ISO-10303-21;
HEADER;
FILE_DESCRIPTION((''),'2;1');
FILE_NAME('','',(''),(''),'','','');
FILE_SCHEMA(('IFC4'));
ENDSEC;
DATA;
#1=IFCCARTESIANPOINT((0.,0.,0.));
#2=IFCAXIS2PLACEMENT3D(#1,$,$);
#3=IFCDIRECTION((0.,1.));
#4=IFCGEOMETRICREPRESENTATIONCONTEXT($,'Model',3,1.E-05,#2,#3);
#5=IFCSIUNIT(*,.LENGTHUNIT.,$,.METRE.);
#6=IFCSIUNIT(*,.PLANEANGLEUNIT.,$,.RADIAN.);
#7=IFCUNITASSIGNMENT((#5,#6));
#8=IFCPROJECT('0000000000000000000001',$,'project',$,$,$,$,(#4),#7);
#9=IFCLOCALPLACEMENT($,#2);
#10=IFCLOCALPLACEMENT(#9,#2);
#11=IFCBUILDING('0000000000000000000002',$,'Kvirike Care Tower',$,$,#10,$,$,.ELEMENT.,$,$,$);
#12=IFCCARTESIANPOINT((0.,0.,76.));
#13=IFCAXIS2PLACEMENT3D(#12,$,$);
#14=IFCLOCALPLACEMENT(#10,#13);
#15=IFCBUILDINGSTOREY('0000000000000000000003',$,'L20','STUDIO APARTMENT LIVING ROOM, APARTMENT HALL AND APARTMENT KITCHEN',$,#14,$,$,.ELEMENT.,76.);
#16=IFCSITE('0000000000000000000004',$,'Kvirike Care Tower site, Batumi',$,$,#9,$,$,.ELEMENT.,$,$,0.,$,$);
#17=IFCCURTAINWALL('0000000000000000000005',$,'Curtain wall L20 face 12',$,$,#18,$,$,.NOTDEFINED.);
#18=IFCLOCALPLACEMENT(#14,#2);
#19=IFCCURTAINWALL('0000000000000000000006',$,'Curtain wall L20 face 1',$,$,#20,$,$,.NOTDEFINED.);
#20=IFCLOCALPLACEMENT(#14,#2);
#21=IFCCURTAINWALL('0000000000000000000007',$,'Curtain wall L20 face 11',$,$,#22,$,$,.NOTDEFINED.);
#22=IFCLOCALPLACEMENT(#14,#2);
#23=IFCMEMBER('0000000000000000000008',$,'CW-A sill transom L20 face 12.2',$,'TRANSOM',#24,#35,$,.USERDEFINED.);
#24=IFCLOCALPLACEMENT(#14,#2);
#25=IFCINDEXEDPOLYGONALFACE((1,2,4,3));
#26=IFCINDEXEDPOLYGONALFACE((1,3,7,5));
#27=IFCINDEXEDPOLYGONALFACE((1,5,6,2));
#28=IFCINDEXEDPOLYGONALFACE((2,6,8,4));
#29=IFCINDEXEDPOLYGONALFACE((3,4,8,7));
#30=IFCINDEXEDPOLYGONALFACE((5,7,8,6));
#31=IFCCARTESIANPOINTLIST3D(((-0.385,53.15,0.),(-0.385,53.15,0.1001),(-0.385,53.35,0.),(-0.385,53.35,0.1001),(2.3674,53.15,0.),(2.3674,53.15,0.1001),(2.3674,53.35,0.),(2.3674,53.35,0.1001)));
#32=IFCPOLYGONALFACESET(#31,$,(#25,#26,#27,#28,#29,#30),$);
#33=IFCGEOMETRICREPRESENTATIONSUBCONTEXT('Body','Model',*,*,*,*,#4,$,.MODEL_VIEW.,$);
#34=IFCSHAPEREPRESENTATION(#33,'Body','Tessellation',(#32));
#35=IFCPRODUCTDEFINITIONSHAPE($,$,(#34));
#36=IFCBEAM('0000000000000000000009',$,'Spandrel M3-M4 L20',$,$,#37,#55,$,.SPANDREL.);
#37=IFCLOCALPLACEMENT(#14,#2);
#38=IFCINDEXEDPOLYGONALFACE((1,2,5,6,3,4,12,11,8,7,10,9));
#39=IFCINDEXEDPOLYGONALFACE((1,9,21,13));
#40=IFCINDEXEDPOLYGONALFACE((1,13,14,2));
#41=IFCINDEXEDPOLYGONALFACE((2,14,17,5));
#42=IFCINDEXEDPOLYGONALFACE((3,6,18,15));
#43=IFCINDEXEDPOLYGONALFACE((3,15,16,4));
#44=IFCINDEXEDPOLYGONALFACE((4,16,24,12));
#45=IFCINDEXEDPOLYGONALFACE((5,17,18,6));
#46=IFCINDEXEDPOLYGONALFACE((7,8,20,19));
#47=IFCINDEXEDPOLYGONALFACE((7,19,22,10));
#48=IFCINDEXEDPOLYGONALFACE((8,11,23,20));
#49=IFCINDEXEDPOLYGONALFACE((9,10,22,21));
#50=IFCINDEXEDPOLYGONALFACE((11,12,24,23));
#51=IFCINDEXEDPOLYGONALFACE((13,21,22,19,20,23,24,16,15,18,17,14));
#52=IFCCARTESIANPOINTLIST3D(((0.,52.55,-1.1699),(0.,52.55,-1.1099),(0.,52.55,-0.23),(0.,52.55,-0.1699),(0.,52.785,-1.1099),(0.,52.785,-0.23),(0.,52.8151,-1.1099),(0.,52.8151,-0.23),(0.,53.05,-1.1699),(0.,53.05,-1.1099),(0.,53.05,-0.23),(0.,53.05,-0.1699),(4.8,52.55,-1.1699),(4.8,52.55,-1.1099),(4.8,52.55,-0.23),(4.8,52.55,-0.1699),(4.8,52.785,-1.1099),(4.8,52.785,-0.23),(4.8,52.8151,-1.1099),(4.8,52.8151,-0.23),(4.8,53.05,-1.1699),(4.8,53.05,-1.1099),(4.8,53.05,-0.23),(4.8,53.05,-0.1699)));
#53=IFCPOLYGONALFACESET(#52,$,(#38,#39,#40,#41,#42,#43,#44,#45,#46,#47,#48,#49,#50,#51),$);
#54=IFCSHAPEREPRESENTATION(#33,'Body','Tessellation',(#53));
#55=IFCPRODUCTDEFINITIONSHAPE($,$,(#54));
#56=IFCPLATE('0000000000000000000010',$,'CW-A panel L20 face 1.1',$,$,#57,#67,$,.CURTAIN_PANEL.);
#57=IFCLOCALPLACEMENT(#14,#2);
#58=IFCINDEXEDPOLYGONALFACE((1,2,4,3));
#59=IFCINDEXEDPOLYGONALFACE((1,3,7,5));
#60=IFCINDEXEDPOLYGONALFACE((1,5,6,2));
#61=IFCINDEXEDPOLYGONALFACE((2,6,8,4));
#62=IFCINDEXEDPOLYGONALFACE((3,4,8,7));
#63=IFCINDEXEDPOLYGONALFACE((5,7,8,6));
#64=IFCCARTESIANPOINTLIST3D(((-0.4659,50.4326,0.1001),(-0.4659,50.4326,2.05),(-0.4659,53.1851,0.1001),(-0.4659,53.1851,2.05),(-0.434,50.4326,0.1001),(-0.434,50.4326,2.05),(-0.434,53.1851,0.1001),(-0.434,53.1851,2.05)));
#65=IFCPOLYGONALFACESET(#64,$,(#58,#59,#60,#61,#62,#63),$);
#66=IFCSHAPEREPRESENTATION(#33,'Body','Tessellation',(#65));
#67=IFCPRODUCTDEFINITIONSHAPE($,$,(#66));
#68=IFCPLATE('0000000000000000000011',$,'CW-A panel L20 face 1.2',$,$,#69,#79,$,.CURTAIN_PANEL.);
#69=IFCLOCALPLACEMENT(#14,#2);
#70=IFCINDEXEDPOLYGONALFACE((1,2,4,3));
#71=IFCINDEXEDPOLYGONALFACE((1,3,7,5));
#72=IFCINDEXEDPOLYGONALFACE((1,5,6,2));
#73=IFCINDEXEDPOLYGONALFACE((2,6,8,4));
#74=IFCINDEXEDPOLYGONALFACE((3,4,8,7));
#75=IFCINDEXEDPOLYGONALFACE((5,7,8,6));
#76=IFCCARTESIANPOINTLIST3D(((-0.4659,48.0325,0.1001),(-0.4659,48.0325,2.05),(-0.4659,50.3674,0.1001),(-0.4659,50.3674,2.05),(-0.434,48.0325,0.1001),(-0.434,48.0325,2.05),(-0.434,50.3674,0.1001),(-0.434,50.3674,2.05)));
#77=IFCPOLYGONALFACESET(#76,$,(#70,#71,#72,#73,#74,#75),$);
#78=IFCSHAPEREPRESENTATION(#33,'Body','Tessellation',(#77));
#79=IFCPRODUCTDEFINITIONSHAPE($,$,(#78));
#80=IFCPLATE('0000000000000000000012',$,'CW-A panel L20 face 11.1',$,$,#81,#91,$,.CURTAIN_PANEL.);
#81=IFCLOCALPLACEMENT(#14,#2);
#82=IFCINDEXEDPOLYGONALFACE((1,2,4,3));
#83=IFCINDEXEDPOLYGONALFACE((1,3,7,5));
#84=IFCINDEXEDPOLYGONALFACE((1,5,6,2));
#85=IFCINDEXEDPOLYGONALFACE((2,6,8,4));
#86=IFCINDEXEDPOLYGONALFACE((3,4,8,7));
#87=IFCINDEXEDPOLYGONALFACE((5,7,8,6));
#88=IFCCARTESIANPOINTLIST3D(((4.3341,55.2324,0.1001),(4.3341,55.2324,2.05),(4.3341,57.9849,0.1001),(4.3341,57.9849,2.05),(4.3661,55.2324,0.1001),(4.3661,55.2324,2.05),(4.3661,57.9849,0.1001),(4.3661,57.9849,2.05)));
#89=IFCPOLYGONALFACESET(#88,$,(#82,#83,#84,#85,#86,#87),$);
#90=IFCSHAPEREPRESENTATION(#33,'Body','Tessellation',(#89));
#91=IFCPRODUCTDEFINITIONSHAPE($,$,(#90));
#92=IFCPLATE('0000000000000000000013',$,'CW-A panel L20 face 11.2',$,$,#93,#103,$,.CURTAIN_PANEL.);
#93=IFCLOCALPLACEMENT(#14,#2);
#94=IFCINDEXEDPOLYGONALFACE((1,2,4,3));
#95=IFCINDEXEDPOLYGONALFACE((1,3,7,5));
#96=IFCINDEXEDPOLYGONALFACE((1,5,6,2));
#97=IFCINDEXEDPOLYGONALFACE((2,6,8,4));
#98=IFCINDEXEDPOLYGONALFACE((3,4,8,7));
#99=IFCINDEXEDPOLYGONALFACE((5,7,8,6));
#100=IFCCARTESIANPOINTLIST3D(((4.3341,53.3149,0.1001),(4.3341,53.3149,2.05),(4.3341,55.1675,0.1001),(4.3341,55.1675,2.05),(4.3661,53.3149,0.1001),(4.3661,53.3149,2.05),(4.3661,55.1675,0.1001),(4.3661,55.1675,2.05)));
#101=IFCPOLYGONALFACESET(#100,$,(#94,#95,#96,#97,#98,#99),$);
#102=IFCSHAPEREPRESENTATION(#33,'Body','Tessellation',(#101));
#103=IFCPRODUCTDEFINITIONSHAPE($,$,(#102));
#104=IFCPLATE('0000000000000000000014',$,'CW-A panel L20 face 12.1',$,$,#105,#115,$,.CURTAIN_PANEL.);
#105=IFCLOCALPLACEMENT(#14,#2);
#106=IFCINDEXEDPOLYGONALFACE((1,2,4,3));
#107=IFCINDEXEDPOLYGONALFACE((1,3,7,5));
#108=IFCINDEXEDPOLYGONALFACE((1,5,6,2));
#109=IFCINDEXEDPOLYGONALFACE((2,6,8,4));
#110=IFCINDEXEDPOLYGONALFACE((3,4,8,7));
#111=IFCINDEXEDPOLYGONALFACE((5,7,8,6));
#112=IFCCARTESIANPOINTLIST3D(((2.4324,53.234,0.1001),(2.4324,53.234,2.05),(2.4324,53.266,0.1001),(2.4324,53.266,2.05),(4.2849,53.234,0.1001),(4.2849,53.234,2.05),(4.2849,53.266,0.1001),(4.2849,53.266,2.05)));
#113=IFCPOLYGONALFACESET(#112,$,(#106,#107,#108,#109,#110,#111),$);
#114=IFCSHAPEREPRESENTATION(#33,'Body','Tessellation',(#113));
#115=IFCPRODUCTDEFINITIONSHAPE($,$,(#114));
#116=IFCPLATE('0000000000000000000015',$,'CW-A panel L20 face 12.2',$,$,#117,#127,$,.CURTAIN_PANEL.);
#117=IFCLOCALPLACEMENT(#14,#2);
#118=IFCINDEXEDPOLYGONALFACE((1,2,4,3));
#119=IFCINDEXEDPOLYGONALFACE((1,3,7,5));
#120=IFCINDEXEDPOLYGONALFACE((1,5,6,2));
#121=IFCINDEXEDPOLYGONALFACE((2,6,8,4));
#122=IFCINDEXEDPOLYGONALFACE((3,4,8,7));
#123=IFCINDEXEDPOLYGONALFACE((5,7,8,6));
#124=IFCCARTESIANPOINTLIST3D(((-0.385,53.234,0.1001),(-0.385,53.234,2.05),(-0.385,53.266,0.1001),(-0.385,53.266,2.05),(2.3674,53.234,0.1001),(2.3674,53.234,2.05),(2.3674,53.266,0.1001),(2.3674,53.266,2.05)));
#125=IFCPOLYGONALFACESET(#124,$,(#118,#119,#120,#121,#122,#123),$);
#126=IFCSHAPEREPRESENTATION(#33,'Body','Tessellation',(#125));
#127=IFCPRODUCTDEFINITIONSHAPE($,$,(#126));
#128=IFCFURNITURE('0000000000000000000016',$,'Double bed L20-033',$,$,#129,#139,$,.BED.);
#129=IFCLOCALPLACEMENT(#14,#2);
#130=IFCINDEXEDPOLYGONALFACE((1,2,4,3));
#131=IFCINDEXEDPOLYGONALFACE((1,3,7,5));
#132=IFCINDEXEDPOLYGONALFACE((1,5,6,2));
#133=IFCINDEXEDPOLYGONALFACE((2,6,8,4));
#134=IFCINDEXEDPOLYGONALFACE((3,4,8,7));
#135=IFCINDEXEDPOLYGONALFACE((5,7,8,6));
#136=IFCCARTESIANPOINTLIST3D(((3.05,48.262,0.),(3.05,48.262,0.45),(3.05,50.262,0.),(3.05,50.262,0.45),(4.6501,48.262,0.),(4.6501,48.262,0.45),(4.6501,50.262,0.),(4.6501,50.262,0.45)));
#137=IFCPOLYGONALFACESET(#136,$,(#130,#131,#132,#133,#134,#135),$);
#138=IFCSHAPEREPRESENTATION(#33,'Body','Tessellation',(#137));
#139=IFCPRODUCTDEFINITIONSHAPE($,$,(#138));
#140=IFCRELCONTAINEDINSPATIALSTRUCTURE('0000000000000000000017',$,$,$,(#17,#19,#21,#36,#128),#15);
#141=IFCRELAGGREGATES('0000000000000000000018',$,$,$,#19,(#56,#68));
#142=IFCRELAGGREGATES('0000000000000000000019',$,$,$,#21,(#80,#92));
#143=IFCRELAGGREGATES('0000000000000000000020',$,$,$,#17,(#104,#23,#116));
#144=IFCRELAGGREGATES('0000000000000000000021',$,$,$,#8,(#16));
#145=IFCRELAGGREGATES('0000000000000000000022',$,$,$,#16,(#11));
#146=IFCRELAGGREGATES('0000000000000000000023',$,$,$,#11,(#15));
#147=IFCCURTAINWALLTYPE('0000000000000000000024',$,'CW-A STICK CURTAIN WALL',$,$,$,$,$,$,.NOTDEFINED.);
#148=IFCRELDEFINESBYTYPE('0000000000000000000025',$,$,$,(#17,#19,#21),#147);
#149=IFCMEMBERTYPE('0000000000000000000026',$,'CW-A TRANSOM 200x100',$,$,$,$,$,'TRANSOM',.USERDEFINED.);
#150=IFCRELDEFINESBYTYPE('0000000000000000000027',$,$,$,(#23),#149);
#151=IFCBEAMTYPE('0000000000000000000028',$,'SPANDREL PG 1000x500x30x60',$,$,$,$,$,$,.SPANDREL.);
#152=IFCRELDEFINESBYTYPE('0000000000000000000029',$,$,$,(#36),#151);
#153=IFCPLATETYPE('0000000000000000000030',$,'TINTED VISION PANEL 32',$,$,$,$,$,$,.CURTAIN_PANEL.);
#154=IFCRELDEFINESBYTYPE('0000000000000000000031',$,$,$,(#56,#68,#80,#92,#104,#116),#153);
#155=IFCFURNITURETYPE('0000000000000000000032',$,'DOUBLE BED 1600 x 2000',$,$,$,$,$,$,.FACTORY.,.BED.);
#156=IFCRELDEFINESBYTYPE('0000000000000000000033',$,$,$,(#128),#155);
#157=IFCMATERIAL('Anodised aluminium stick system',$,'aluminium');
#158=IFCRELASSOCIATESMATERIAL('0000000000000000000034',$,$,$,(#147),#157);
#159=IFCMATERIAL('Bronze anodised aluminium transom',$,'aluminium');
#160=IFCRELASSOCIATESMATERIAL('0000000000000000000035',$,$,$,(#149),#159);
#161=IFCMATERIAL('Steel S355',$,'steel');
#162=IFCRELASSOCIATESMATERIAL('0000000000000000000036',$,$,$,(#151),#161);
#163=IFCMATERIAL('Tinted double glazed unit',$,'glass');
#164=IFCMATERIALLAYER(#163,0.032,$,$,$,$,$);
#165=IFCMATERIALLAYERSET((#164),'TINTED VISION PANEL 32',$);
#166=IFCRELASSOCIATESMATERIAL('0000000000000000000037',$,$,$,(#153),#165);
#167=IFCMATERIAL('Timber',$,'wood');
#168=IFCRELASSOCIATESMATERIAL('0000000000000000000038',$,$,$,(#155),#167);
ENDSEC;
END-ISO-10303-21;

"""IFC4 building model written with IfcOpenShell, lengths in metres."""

from ifc_helpers import new_model, si_unit, direction, frame, origin, origin_2d, place, context, subcontext, project, spatial, rectangle, i_section, extrude, material, layer, layer_set, material_profile, profile_set, type_object, element, aggregate, save


model = new_model("IFC4")

# Units and contexts
model_context = context("Model", 3, precision=1e-05, world=origin(), true_north=direction((0.0, 1.0)))
body_context = subcontext(model_context, "Body", "Model", "MODEL_VIEW")
ifc_project = project(units=[si_unit("LENGTHUNIT", "METRE"), si_unit("PLANEANGLEUNIT", "RADIAN")], contexts=[model_context])

# Site, building, storey
site_placement = place(None, origin())
site = spatial("IfcSite", under=ifc_project, at=site_placement, Name="Kvirike Care Tower site, Batumi", CompositionType="ELEMENT", RefElevation=0.0)
building_placement = place(site_placement, origin())
building = spatial("IfcBuilding", under=site, at=building_placement, Name="Kvirike Care Tower", CompositionType="ELEMENT")
storey_placement = place(building_placement, frame((0.0, 0.0, 76.0)))
storey = spatial("IfcBuildingStorey", under=building, at=storey_placement, Name="L20", Description="STUDIO APARTMENT LIVING ROOM, APARTMENT HALL AND APARTMENT KITCHEN", CompositionType="ELEMENT", Elevation=76.0)

# Curtain wall
ifc_material_1 = material(Name="Anodised aluminium stick system", Category="aluminium")
curtain_wall_type = type_object("IfcCurtainWallType", Name="CW-A STICK CURTAIN WALL", PredefinedType="NOTDEFINED", material=ifc_material_1)
curtain_wall_1_placement = place(storey_placement, origin())
curtain_wall_1 = element("IfcCurtainWall", 1, at=curtain_wall_1_placement, inside=storey, type_object=curtain_wall_type, Name="Curtain wall L20 face 12", PredefinedType="NOTDEFINED")

# Curtain walls
curtain_wall_2_placement = place(storey_placement, origin())
curtain_wall_2 = element("IfcCurtainWall", 2, at=curtain_wall_2_placement, inside=storey, type_object=curtain_wall_type, Name="Curtain wall L20 face 1", PredefinedType="NOTDEFINED")
curtain_wall_3_placement = place(storey_placement, origin())
curtain_wall_3 = element("IfcCurtainWall", 3, at=curtain_wall_3_placement, inside=storey, type_object=curtain_wall_type, Name="Curtain wall L20 face 11", PredefinedType="NOTDEFINED")

# Member
ifc_material_2 = material(Name="Bronze anodised aluminium transom", Category="aluminium")
ifc_material_profile_1 = material_profile(ifc_material_2, rectangle(XDim=0.2, YDim=0.1001, at=origin_2d()), Name="CW-A TRANSOM 200x100")
ifc_profile_set_1 = profile_set([ifc_material_profile_1], Name="Bronze anodised aluminium transom")
member_type_1 = type_object("IfcMemberType", Name="CW-A TRANSOM 200x100", ElementType="TRANSOM", PredefinedType="USERDEFINED", material=ifc_profile_set_1)
member_1_placement = place(storey_placement, frame((2.3674, 53.25, 0.05), z_axis=(-1.0, 0.0, 0.0), x_axis=(0.0, -1.0, 0.0)))
member_1 = element("IfcMember", 4, at=member_1_placement, type_object=member_type_1, Name="CW-A sill transom L20 face 12.2", ObjectType="TRANSOM", PredefinedType="USERDEFINED", context=body_context, shape_type="SweptSolid", body=[
    extrude(rectangle(XDim=0.2, YDim=0.1001, at=origin_2d()), origin(), (0.0, 0.0, 1.0), 2.7524),
])

# Beam
ifc_material_3 = material(Name="Steel S355", Category="steel")
ifc_material_profile_2 = material_profile(ifc_material_3, i_section(OverallWidth=0.5, OverallDepth=1.0, WebThickness=0.03, FlangeThickness=0.0601, at=origin_2d()), Name="PG 1000x500x30x60")
ifc_profile_set_2 = profile_set([ifc_material_profile_2], Name="Steel S355")
beam_type = type_object("IfcBeamType", Name="SPANDREL PG 1000x500x30x60", PredefinedType="SPANDREL", material=ifc_profile_set_2)
beam_placement = place(storey_placement, frame((0.0, 52.8, -0.6699), z_axis=(1.0, 0.0, 0.0), x_axis=(0.0, 1.0, 0.0)))
element("IfcBeam", 5, at=beam_placement, inside=storey, type_object=beam_type, Name="Spandrel M3-M4 L20", PredefinedType="SPANDREL", context=body_context, shape_type="SweptSolid", body=[
    extrude(i_section(OverallWidth=0.5, OverallDepth=1.0, WebThickness=0.03, FlangeThickness=0.0601, at=origin_2d()), origin(), (0.0, 0.0, 1.0), 4.8),
])

# Plates
ifc_material_4 = material(Name="Tinted double glazed unit", Category="glass")
ifc_layer = layer(ifc_material_4, 0.032)
ifc_layer_set = layer_set([ifc_layer], Name="TINTED VISION PANEL 32")
plate_type = type_object("IfcPlateType", Name="TINTED VISION PANEL 32", PredefinedType="CURTAIN_PANEL", material=ifc_layer_set)
plate_1_placement = place(storey_placement, frame((-0.45, 51.8088, 0.1001), z_axis=(0.0, 0.0, 1.0), x_axis=(0.0, -1.0, 0.0)))
plate_1 = element("IfcPlate", 6, at=plate_1_placement, type_object=plate_type, Name="CW-A panel L20 face 1.1", PredefinedType="CURTAIN_PANEL", context=body_context, shape_type="SweptSolid", body=[
    extrude(rectangle(XDim=2.7524, YDim=0.032, at=origin_2d()), origin(), (0.0, 0.0, 1.0), 1.95),
])
plate_2_placement = place(storey_placement, frame((-0.45, 49.2, 0.1001), z_axis=(0.0, 0.0, 1.0), x_axis=(0.0, -1.0, 0.0)))
plate_2 = element("IfcPlate", 7, at=plate_2_placement, type_object=plate_type, Name="CW-A panel L20 face 1.2", PredefinedType="CURTAIN_PANEL", context=body_context, shape_type="SweptSolid", body=[
    extrude(rectangle(XDim=2.335, YDim=0.032, at=origin_2d()), origin(), (0.0, 0.0, 1.0), 1.95),
])
aggregate(curtain_wall_2, [plate_1, plate_2])
plate_3_placement = place(storey_placement, frame((4.3501, 56.6086, 0.1001), z_axis=(0.0, 0.0, 1.0), x_axis=(0.0, -1.0, 0.0)))
plate_3 = element("IfcPlate", 8, at=plate_3_placement, type_object=plate_type, Name="CW-A panel L20 face 11.1", PredefinedType="CURTAIN_PANEL", context=body_context, shape_type="SweptSolid", body=[
    extrude(rectangle(XDim=2.7524, YDim=0.032, at=origin_2d()), origin(), (0.0, 0.0, 1.0), 1.95),
])
plate_4_placement = place(storey_placement, frame((4.3501, 54.2412, 0.1001), z_axis=(0.0, 0.0, 1.0), x_axis=(0.0, -1.0, 0.0)))
plate_4 = element("IfcPlate", 9, at=plate_4_placement, type_object=plate_type, Name="CW-A panel L20 face 11.2", PredefinedType="CURTAIN_PANEL", context=body_context, shape_type="SweptSolid", body=[
    extrude(rectangle(XDim=1.8525, YDim=0.032, at=origin_2d()), origin(), (0.0, 0.0, 1.0), 1.95),
])
aggregate(curtain_wall_3, [plate_3, plate_4])
plate_5_placement = place(storey_placement, frame((3.3586, 53.25, 0.1001), z_axis=(0.0, 0.0, 1.0), x_axis=(-1.0, 0.0, 0.0)))
plate_5 = element("IfcPlate", 10, at=plate_5_placement, type_object=plate_type, Name="CW-A panel L20 face 12.1", PredefinedType="CURTAIN_PANEL", context=body_context, shape_type="SweptSolid", body=[
    extrude(rectangle(XDim=1.8525, YDim=0.032, at=origin_2d()), origin(), (0.0, 0.0, 1.0), 1.95),
])
plate_6_placement = place(storey_placement, frame((0.9912, 53.25, 0.1001), z_axis=(0.0, 0.0, 1.0), x_axis=(-1.0, 0.0, 0.0)))
plate_6 = element("IfcPlate", 11, at=plate_6_placement, type_object=plate_type, Name="CW-A panel L20 face 12.2", PredefinedType="CURTAIN_PANEL", context=body_context, shape_type="SweptSolid", body=[
    extrude(rectangle(XDim=2.7524, YDim=0.032, at=origin_2d()), origin(), (0.0, 0.0, 1.0), 1.95),
])
aggregate(curtain_wall_1, [plate_5, member_1, plate_6])

# Furniture
ifc_material_5 = material(Name="Timber", Category="wood")
furniture_type = type_object("IfcFurnitureType", Name="DOUBLE BED 1600 x 2000", AssemblyPlace="FACTORY", PredefinedType="BED", material=ifc_material_5)
furniture_placement = place(storey_placement, frame((3.8501, 49.262, 0.0), z_axis=(0.0, 0.0, 1.0), x_axis=(-1.0, 0.0, 0.0)))
element("IfcFurniture", 12, at=furniture_placement, inside=storey, type_object=furniture_type, Name="Double bed L20-033", PredefinedType="BED", context=body_context, shape_type="SweptSolid", body=[
    extrude(rectangle(XDim=1.6001, YDim=2.0, at=origin_2d()), origin(), (0.0, 0.0, 1.0), 0.45),
])

save(model, "model.ifc")
